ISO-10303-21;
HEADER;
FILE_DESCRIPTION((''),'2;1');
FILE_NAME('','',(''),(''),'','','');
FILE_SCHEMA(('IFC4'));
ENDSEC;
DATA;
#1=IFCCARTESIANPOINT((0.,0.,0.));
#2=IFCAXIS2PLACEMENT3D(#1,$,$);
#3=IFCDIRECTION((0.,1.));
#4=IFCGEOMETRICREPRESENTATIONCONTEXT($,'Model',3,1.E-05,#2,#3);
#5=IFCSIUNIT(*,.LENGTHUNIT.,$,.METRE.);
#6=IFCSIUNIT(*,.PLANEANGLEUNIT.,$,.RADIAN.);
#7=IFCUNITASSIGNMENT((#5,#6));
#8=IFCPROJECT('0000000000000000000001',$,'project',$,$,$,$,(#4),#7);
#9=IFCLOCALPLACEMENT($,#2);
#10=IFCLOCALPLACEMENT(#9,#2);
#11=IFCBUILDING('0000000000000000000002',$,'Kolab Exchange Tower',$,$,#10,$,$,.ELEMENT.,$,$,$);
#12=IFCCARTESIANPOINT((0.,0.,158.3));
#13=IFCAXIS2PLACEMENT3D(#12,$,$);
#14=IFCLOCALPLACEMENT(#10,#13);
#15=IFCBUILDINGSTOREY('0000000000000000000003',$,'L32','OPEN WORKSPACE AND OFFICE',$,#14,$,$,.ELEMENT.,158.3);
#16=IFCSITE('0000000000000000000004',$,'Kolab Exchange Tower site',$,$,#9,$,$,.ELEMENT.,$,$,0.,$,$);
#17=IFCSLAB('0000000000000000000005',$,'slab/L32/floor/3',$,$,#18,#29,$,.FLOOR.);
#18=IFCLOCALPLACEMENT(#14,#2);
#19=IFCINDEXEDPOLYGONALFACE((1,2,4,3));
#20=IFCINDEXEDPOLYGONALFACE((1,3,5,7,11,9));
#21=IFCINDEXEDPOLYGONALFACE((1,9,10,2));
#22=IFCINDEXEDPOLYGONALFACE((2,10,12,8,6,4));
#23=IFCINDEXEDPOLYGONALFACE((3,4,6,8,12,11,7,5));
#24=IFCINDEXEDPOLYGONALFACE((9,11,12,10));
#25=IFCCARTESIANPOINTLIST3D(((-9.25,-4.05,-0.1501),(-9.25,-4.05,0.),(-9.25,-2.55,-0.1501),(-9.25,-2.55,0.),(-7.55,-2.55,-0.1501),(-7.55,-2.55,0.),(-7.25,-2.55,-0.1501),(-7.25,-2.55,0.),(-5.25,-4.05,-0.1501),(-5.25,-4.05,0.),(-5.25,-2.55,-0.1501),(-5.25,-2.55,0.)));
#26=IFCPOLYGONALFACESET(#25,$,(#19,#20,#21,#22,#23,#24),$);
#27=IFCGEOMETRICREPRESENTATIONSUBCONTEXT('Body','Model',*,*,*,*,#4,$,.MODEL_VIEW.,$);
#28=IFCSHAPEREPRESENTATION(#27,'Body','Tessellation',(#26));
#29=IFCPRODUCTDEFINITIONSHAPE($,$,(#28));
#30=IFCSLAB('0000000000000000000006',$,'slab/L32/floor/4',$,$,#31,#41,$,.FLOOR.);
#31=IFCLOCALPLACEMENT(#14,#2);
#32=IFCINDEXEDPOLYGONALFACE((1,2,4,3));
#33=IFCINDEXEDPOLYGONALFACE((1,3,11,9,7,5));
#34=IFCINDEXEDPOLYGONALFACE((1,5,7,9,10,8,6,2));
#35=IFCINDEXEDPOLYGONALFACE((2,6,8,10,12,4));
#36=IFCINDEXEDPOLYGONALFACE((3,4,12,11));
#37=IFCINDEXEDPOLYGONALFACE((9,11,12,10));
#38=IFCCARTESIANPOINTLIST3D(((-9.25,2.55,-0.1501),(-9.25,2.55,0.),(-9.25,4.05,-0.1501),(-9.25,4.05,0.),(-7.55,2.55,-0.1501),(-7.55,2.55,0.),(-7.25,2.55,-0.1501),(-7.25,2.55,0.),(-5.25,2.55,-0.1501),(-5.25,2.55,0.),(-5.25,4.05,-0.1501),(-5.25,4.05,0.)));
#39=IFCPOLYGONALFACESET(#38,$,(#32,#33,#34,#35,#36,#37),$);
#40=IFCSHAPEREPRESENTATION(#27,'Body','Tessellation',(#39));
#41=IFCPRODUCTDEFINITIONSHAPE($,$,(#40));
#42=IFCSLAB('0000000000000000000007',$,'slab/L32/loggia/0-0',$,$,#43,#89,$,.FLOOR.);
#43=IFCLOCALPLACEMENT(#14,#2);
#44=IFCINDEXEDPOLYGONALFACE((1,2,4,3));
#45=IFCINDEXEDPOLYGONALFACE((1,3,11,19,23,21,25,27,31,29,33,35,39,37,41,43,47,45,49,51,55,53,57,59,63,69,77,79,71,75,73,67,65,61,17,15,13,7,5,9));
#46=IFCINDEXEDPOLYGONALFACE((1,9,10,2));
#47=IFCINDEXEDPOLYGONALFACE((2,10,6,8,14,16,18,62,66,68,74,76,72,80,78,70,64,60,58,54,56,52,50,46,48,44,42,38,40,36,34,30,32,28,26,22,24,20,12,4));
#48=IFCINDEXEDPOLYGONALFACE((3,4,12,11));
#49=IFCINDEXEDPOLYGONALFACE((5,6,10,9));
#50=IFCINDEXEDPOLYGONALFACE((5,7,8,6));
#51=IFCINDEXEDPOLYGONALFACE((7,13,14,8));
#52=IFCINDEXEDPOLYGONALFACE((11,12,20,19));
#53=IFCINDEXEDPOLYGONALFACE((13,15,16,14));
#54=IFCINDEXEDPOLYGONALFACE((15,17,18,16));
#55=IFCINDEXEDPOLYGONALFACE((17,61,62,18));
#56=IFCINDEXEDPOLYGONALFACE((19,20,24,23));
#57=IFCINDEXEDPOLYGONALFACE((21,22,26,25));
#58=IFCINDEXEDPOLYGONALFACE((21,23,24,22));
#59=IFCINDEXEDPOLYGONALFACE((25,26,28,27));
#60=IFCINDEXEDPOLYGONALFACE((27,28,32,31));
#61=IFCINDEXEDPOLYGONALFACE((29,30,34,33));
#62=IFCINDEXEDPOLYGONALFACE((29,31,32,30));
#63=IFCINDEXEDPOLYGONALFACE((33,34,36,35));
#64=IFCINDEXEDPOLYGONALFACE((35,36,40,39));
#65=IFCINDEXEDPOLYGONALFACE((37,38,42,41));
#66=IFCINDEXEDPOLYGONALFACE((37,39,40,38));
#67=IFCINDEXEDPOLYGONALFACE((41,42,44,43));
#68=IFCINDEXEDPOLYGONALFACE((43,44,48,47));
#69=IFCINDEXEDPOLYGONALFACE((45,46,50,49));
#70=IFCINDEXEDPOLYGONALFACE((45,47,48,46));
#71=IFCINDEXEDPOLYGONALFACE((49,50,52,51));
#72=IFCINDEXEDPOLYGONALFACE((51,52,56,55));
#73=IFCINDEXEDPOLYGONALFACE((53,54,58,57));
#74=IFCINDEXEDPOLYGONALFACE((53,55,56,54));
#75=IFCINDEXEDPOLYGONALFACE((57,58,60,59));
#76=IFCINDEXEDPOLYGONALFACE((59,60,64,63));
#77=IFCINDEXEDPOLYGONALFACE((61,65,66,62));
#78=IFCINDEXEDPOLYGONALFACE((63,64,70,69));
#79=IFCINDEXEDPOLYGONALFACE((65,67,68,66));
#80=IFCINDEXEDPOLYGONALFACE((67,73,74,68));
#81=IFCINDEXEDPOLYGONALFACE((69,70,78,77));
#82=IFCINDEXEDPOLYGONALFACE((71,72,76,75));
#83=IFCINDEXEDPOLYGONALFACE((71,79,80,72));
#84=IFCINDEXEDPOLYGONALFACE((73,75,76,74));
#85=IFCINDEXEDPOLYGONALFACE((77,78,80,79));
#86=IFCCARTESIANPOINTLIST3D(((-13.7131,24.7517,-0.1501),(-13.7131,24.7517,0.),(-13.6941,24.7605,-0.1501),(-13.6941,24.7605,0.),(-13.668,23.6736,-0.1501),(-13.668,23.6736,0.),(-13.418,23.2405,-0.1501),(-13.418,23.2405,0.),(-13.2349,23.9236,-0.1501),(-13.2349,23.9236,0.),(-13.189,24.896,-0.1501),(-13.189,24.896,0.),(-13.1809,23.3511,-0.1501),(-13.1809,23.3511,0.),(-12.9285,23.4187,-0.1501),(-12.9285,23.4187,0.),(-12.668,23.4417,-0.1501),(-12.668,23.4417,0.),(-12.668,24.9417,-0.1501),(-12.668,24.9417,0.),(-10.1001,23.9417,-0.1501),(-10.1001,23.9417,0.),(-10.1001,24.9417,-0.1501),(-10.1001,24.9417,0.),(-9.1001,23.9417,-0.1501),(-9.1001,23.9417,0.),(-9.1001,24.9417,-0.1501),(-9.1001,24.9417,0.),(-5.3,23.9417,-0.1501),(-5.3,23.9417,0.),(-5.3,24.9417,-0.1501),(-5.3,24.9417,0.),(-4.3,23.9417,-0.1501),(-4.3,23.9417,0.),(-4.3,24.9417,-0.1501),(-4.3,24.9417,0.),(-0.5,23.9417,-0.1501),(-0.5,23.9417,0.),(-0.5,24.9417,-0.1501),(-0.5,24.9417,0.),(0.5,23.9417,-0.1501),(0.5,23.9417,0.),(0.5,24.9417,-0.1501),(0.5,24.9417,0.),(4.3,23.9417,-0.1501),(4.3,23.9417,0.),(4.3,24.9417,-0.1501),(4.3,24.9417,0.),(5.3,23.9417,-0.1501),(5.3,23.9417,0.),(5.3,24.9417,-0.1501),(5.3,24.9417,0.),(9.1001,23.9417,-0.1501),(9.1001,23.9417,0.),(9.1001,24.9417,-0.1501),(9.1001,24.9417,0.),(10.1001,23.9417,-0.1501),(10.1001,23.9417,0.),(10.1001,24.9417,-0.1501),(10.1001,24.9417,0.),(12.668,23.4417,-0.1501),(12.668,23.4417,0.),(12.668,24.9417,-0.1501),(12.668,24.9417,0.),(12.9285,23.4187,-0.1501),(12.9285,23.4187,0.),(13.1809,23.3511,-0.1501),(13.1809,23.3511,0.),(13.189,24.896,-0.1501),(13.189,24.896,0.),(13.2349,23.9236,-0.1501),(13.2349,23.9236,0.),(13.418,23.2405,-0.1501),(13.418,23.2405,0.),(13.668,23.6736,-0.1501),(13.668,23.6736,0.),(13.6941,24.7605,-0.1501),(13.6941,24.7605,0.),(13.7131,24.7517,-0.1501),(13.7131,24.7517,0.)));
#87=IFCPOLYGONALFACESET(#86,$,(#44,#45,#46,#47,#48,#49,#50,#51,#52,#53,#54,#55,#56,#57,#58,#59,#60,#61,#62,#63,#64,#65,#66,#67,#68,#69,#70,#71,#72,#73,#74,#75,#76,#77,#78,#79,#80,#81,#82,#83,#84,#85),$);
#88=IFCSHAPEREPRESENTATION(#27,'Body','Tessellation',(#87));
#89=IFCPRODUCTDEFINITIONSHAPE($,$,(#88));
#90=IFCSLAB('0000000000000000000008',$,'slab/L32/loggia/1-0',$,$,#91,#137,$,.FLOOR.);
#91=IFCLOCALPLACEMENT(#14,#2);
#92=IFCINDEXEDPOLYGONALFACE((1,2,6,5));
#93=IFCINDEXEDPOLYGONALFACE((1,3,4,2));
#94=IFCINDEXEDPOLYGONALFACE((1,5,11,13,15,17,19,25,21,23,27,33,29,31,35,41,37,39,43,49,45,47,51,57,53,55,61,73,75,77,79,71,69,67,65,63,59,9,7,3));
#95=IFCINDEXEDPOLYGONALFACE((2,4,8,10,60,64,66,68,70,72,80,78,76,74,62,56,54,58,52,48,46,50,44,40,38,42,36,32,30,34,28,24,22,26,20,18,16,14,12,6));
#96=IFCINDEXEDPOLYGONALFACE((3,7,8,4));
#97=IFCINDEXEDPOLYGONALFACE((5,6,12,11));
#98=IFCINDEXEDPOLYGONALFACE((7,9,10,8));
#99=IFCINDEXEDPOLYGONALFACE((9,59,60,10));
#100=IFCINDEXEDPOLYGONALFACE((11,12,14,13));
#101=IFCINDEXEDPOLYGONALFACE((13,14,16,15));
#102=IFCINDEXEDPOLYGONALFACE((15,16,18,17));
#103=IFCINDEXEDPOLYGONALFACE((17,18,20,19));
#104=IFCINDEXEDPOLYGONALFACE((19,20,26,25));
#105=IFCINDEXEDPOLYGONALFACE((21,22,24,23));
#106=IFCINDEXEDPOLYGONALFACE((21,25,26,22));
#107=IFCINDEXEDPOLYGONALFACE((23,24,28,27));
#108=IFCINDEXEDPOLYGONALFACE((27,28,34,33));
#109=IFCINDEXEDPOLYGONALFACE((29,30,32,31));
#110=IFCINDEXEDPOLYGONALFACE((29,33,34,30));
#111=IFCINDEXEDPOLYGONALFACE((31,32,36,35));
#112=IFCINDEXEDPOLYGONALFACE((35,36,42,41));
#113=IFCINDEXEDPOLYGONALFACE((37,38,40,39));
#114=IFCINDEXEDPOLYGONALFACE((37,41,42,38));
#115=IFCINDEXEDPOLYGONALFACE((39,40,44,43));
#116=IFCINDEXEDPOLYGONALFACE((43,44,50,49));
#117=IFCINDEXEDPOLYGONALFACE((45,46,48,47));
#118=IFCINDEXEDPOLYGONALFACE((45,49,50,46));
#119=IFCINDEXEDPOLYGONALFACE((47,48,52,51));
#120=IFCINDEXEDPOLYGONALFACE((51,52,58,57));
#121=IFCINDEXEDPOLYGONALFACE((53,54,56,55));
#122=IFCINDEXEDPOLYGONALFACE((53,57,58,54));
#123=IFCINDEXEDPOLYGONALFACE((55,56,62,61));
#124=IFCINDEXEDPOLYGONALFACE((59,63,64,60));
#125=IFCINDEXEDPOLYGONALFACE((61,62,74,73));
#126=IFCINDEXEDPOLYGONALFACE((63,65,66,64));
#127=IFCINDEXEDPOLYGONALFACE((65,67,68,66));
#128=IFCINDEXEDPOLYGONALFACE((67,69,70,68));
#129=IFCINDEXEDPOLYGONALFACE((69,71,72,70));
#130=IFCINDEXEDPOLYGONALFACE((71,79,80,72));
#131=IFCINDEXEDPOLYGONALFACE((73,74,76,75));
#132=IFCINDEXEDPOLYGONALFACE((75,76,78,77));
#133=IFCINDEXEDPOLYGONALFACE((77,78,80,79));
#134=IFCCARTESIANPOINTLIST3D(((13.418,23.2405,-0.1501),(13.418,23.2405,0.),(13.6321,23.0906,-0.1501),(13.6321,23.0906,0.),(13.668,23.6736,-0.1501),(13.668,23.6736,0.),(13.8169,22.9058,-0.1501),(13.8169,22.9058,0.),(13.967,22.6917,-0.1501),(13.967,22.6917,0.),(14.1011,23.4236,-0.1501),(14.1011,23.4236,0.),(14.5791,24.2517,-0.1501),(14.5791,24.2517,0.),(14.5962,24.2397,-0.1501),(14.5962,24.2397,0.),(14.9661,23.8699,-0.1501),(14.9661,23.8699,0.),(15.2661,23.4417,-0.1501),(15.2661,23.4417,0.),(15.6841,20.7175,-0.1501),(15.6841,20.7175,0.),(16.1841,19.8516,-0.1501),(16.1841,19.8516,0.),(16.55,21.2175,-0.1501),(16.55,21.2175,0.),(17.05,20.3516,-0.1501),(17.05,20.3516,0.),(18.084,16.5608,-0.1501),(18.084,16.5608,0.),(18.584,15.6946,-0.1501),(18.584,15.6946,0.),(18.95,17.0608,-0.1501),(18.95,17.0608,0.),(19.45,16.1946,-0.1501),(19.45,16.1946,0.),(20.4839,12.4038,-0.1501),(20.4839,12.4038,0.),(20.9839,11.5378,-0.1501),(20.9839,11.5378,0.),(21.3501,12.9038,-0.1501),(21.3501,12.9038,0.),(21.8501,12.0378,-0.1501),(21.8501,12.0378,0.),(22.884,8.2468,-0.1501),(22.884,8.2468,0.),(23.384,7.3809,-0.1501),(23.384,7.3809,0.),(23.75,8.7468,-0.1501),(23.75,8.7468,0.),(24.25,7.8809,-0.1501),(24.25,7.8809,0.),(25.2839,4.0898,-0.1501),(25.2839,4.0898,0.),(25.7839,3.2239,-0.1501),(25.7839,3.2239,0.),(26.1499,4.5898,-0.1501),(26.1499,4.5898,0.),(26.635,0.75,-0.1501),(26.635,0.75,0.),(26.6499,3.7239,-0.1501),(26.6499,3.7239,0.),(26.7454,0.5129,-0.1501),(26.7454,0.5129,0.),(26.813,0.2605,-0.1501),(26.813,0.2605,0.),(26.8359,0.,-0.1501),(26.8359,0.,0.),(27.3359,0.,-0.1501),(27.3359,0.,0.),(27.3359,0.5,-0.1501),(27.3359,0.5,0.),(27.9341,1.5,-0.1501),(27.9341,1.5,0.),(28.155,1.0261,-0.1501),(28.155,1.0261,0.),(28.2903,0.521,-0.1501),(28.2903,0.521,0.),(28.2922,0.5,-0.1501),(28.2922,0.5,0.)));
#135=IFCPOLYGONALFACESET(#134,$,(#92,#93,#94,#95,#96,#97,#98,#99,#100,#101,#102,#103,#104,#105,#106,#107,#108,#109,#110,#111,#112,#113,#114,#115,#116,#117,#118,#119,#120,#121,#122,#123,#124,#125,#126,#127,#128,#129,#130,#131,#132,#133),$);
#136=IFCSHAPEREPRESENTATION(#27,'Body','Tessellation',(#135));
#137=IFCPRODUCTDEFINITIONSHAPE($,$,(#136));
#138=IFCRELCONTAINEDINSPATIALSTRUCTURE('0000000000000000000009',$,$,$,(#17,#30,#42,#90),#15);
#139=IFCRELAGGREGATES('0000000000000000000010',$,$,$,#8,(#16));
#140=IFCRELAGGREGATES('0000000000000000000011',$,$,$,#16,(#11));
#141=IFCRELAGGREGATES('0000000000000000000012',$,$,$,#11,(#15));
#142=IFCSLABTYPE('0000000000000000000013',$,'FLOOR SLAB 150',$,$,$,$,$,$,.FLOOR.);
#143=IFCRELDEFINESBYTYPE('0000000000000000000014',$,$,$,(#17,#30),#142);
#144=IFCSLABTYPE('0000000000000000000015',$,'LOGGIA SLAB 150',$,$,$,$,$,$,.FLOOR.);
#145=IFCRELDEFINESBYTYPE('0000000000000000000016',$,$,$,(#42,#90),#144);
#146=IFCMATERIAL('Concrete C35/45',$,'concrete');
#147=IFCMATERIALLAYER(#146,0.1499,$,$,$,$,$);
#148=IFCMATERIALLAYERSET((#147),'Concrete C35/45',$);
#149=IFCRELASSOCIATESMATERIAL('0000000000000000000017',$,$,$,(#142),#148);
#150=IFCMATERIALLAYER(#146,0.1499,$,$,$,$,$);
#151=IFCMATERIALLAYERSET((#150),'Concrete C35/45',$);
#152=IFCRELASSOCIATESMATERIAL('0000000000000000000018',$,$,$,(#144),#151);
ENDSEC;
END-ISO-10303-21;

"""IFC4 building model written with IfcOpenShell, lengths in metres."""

from ifc_helpers import new_model, si_unit, direction, frame, origin, place, context, subcontext, project, spatial, polyline, outline, extrude, material, layer, layer_set, type_object, element, save


model = new_model("IFC4")

# Units and contexts
model_context = context("Model", 3, precision=1e-05, world=origin(), true_north=direction((0.0, 1.0)))
body_context = subcontext(model_context, "Body", "Model", "MODEL_VIEW")
ifc_project = project(units=[si_unit("LENGTHUNIT", "METRE"), si_unit("PLANEANGLEUNIT", "RADIAN")], contexts=[model_context])

# Site, building, storey
site_placement = place(None, origin())
site = spatial("IfcSite", under=ifc_project, at=site_placement, Name="Kolab Exchange Tower site", CompositionType="ELEMENT", RefElevation=0.0)
building_placement = place(site_placement, origin())
building = spatial("IfcBuilding", under=site, at=building_placement, Name="Kolab Exchange Tower", CompositionType="ELEMENT")
storey_placement = place(building_placement, frame((0.0, 0.0, 158.3)))
storey = spatial("IfcBuildingStorey", under=building, at=storey_placement, Name="L32", Description="OPEN WORKSPACE AND OFFICE", CompositionType="ELEMENT", Elevation=158.3)

# Slabs
ifc_material_1 = material(Name="Concrete C35/45", Category="concrete")
ifc_layer_1 = layer(ifc_material_1, 0.1499)
ifc_layer_set_1 = layer_set([ifc_layer_1], Name="Concrete C35/45")
slab_type_1 = type_object("IfcSlabType", Name="FLOOR SLAB 150", PredefinedType="FLOOR", material=ifc_layer_set_1)
slab_1_placement = place(storey_placement, frame((0.0, 0.0, -0.1501)))
element("IfcSlab", 1, at=slab_1_placement, inside=storey, type_object=slab_type_1, Name="slab/L32/floor/3", PredefinedType="FLOOR", context=body_context, shape_type="SweptSolid", body=[
    extrude(outline(polyline([(-7.55, -2.55), (-9.25, -2.55), (-9.25, -4.05), (-5.25, -4.05), (-5.25, -2.55), (-7.25, -2.55), (-7.55, -2.55)])), origin(), (0.0, 0.0, 1.0), 0.1501),
])
slab_2_placement = place(storey_placement, frame((0.0, 0.0, -0.1501)))
element("IfcSlab", 2, at=slab_2_placement, inside=storey, type_object=slab_type_1, Name="slab/L32/floor/4", PredefinedType="FLOOR", context=body_context, shape_type="SweptSolid", body=[
    extrude(outline(polyline([(-9.25, 2.55), (-7.55, 2.55), (-7.25, 2.55), (-5.25, 2.55), (-5.25, 4.05), (-9.25, 4.05), (-9.25, 2.55)])), origin(), (0.0, 0.0, 1.0), 0.1501),
])
ifc_layer_2 = layer(ifc_material_1, 0.1499)
ifc_layer_set_2 = layer_set([ifc_layer_2], Name="Concrete C35/45")
slab_type_2 = type_object("IfcSlabType", Name="LOGGIA SLAB 150", PredefinedType="FLOOR", material=ifc_layer_set_2)
slab_3_placement = place(storey_placement, frame((0.0, 0.0, -0.1501)))
element("IfcSlab", 3, at=slab_3_placement, inside=storey, type_object=slab_type_2, Name="slab/L32/loggia/0-0", PredefinedType="FLOOR", context=body_context, shape_type="SweptSolid", body=[
    extrude(outline(polyline([(13.418, 23.2405), (13.668, 23.6736), (13.2349, 23.9236), (13.7131, 24.7517), (13.6941, 24.7605), (13.189, 24.896), (12.668, 24.9417), (10.1001, 24.9417), (10.1001, 23.9417), (9.1001, 23.9417), (9.1001, 24.9417), (5.3, 24.9417), (5.3, 23.9417), (4.3, 23.9417), (4.3, 24.9417), (0.5, 24.9417), (0.5, 23.9417), (-0.5, 23.9417), (-0.5, 24.9417), (-4.3, 24.9417), (-4.3, 23.9417), (-5.3, 23.9417), (-5.3, 24.9417), (-9.1001, 24.9417), (-9.1001, 23.9417), (-10.1001, 23.9417), (-10.1001, 24.9417), (-12.668, 24.9417), (-13.189, 24.896), (-13.6941, 24.7605), (-13.7131, 24.7517), (-13.2349, 23.9236), (-13.668, 23.6736), (-13.418, 23.2405), (-13.1809, 23.3511), (-12.9285, 23.4187), (-12.668, 23.4417), (12.668, 23.4417), (12.9285, 23.4187), (13.1809, 23.3511), (13.418, 23.2405)])), origin(), (0.0, 0.0, 1.0), 0.1501),
])
slab_4_placement = place(storey_placement, frame((0.0, 0.0, -0.1501)))
element("IfcSlab", 4, at=slab_4_placement, inside=storey, type_object=slab_type_2, Name="slab/L32/loggia/1-0", PredefinedType="FLOOR", context=body_context, shape_type="SweptSolid", body=[
    extrude(outline(polyline([(26.8359, 0.0), (27.3359, 0.0), (27.3359, 0.5), (28.2922, 0.5), (28.2903, 0.521), (28.155, 1.0261), (27.9341, 1.5), (26.6499, 3.7239), (25.7839, 3.2239), (25.2839, 4.0898), (26.1499, 4.5898), (24.25, 7.8809), (23.384, 7.3809), (22.884, 8.2468), (23.75, 8.7468), (21.8501, 12.0378), (20.9839, 11.5378), (20.4839, 12.4038), (21.3501, 12.9038), (19.45, 16.1946), (18.584, 15.6946), (18.084, 16.5608), (18.95, 17.0608), (17.05, 20.3516), (16.1841, 19.8516), (15.6841, 20.7175), (16.55, 21.2175), (15.2661, 23.4417), (14.9661, 23.8699), (14.5962, 24.2397), (14.5791, 24.2517), (14.1011, 23.4236), (13.668, 23.6736), (13.418, 23.2405), (13.6321, 23.0906), (13.8169, 22.9058), (13.967, 22.6917), (26.635, 0.75), (26.7454, 0.5129), (26.813, 0.2605), (26.8359, 0.0)])), origin(), (0.0, 0.0, 1.0), 0.1501),
])

save(model, "model.ifc")
